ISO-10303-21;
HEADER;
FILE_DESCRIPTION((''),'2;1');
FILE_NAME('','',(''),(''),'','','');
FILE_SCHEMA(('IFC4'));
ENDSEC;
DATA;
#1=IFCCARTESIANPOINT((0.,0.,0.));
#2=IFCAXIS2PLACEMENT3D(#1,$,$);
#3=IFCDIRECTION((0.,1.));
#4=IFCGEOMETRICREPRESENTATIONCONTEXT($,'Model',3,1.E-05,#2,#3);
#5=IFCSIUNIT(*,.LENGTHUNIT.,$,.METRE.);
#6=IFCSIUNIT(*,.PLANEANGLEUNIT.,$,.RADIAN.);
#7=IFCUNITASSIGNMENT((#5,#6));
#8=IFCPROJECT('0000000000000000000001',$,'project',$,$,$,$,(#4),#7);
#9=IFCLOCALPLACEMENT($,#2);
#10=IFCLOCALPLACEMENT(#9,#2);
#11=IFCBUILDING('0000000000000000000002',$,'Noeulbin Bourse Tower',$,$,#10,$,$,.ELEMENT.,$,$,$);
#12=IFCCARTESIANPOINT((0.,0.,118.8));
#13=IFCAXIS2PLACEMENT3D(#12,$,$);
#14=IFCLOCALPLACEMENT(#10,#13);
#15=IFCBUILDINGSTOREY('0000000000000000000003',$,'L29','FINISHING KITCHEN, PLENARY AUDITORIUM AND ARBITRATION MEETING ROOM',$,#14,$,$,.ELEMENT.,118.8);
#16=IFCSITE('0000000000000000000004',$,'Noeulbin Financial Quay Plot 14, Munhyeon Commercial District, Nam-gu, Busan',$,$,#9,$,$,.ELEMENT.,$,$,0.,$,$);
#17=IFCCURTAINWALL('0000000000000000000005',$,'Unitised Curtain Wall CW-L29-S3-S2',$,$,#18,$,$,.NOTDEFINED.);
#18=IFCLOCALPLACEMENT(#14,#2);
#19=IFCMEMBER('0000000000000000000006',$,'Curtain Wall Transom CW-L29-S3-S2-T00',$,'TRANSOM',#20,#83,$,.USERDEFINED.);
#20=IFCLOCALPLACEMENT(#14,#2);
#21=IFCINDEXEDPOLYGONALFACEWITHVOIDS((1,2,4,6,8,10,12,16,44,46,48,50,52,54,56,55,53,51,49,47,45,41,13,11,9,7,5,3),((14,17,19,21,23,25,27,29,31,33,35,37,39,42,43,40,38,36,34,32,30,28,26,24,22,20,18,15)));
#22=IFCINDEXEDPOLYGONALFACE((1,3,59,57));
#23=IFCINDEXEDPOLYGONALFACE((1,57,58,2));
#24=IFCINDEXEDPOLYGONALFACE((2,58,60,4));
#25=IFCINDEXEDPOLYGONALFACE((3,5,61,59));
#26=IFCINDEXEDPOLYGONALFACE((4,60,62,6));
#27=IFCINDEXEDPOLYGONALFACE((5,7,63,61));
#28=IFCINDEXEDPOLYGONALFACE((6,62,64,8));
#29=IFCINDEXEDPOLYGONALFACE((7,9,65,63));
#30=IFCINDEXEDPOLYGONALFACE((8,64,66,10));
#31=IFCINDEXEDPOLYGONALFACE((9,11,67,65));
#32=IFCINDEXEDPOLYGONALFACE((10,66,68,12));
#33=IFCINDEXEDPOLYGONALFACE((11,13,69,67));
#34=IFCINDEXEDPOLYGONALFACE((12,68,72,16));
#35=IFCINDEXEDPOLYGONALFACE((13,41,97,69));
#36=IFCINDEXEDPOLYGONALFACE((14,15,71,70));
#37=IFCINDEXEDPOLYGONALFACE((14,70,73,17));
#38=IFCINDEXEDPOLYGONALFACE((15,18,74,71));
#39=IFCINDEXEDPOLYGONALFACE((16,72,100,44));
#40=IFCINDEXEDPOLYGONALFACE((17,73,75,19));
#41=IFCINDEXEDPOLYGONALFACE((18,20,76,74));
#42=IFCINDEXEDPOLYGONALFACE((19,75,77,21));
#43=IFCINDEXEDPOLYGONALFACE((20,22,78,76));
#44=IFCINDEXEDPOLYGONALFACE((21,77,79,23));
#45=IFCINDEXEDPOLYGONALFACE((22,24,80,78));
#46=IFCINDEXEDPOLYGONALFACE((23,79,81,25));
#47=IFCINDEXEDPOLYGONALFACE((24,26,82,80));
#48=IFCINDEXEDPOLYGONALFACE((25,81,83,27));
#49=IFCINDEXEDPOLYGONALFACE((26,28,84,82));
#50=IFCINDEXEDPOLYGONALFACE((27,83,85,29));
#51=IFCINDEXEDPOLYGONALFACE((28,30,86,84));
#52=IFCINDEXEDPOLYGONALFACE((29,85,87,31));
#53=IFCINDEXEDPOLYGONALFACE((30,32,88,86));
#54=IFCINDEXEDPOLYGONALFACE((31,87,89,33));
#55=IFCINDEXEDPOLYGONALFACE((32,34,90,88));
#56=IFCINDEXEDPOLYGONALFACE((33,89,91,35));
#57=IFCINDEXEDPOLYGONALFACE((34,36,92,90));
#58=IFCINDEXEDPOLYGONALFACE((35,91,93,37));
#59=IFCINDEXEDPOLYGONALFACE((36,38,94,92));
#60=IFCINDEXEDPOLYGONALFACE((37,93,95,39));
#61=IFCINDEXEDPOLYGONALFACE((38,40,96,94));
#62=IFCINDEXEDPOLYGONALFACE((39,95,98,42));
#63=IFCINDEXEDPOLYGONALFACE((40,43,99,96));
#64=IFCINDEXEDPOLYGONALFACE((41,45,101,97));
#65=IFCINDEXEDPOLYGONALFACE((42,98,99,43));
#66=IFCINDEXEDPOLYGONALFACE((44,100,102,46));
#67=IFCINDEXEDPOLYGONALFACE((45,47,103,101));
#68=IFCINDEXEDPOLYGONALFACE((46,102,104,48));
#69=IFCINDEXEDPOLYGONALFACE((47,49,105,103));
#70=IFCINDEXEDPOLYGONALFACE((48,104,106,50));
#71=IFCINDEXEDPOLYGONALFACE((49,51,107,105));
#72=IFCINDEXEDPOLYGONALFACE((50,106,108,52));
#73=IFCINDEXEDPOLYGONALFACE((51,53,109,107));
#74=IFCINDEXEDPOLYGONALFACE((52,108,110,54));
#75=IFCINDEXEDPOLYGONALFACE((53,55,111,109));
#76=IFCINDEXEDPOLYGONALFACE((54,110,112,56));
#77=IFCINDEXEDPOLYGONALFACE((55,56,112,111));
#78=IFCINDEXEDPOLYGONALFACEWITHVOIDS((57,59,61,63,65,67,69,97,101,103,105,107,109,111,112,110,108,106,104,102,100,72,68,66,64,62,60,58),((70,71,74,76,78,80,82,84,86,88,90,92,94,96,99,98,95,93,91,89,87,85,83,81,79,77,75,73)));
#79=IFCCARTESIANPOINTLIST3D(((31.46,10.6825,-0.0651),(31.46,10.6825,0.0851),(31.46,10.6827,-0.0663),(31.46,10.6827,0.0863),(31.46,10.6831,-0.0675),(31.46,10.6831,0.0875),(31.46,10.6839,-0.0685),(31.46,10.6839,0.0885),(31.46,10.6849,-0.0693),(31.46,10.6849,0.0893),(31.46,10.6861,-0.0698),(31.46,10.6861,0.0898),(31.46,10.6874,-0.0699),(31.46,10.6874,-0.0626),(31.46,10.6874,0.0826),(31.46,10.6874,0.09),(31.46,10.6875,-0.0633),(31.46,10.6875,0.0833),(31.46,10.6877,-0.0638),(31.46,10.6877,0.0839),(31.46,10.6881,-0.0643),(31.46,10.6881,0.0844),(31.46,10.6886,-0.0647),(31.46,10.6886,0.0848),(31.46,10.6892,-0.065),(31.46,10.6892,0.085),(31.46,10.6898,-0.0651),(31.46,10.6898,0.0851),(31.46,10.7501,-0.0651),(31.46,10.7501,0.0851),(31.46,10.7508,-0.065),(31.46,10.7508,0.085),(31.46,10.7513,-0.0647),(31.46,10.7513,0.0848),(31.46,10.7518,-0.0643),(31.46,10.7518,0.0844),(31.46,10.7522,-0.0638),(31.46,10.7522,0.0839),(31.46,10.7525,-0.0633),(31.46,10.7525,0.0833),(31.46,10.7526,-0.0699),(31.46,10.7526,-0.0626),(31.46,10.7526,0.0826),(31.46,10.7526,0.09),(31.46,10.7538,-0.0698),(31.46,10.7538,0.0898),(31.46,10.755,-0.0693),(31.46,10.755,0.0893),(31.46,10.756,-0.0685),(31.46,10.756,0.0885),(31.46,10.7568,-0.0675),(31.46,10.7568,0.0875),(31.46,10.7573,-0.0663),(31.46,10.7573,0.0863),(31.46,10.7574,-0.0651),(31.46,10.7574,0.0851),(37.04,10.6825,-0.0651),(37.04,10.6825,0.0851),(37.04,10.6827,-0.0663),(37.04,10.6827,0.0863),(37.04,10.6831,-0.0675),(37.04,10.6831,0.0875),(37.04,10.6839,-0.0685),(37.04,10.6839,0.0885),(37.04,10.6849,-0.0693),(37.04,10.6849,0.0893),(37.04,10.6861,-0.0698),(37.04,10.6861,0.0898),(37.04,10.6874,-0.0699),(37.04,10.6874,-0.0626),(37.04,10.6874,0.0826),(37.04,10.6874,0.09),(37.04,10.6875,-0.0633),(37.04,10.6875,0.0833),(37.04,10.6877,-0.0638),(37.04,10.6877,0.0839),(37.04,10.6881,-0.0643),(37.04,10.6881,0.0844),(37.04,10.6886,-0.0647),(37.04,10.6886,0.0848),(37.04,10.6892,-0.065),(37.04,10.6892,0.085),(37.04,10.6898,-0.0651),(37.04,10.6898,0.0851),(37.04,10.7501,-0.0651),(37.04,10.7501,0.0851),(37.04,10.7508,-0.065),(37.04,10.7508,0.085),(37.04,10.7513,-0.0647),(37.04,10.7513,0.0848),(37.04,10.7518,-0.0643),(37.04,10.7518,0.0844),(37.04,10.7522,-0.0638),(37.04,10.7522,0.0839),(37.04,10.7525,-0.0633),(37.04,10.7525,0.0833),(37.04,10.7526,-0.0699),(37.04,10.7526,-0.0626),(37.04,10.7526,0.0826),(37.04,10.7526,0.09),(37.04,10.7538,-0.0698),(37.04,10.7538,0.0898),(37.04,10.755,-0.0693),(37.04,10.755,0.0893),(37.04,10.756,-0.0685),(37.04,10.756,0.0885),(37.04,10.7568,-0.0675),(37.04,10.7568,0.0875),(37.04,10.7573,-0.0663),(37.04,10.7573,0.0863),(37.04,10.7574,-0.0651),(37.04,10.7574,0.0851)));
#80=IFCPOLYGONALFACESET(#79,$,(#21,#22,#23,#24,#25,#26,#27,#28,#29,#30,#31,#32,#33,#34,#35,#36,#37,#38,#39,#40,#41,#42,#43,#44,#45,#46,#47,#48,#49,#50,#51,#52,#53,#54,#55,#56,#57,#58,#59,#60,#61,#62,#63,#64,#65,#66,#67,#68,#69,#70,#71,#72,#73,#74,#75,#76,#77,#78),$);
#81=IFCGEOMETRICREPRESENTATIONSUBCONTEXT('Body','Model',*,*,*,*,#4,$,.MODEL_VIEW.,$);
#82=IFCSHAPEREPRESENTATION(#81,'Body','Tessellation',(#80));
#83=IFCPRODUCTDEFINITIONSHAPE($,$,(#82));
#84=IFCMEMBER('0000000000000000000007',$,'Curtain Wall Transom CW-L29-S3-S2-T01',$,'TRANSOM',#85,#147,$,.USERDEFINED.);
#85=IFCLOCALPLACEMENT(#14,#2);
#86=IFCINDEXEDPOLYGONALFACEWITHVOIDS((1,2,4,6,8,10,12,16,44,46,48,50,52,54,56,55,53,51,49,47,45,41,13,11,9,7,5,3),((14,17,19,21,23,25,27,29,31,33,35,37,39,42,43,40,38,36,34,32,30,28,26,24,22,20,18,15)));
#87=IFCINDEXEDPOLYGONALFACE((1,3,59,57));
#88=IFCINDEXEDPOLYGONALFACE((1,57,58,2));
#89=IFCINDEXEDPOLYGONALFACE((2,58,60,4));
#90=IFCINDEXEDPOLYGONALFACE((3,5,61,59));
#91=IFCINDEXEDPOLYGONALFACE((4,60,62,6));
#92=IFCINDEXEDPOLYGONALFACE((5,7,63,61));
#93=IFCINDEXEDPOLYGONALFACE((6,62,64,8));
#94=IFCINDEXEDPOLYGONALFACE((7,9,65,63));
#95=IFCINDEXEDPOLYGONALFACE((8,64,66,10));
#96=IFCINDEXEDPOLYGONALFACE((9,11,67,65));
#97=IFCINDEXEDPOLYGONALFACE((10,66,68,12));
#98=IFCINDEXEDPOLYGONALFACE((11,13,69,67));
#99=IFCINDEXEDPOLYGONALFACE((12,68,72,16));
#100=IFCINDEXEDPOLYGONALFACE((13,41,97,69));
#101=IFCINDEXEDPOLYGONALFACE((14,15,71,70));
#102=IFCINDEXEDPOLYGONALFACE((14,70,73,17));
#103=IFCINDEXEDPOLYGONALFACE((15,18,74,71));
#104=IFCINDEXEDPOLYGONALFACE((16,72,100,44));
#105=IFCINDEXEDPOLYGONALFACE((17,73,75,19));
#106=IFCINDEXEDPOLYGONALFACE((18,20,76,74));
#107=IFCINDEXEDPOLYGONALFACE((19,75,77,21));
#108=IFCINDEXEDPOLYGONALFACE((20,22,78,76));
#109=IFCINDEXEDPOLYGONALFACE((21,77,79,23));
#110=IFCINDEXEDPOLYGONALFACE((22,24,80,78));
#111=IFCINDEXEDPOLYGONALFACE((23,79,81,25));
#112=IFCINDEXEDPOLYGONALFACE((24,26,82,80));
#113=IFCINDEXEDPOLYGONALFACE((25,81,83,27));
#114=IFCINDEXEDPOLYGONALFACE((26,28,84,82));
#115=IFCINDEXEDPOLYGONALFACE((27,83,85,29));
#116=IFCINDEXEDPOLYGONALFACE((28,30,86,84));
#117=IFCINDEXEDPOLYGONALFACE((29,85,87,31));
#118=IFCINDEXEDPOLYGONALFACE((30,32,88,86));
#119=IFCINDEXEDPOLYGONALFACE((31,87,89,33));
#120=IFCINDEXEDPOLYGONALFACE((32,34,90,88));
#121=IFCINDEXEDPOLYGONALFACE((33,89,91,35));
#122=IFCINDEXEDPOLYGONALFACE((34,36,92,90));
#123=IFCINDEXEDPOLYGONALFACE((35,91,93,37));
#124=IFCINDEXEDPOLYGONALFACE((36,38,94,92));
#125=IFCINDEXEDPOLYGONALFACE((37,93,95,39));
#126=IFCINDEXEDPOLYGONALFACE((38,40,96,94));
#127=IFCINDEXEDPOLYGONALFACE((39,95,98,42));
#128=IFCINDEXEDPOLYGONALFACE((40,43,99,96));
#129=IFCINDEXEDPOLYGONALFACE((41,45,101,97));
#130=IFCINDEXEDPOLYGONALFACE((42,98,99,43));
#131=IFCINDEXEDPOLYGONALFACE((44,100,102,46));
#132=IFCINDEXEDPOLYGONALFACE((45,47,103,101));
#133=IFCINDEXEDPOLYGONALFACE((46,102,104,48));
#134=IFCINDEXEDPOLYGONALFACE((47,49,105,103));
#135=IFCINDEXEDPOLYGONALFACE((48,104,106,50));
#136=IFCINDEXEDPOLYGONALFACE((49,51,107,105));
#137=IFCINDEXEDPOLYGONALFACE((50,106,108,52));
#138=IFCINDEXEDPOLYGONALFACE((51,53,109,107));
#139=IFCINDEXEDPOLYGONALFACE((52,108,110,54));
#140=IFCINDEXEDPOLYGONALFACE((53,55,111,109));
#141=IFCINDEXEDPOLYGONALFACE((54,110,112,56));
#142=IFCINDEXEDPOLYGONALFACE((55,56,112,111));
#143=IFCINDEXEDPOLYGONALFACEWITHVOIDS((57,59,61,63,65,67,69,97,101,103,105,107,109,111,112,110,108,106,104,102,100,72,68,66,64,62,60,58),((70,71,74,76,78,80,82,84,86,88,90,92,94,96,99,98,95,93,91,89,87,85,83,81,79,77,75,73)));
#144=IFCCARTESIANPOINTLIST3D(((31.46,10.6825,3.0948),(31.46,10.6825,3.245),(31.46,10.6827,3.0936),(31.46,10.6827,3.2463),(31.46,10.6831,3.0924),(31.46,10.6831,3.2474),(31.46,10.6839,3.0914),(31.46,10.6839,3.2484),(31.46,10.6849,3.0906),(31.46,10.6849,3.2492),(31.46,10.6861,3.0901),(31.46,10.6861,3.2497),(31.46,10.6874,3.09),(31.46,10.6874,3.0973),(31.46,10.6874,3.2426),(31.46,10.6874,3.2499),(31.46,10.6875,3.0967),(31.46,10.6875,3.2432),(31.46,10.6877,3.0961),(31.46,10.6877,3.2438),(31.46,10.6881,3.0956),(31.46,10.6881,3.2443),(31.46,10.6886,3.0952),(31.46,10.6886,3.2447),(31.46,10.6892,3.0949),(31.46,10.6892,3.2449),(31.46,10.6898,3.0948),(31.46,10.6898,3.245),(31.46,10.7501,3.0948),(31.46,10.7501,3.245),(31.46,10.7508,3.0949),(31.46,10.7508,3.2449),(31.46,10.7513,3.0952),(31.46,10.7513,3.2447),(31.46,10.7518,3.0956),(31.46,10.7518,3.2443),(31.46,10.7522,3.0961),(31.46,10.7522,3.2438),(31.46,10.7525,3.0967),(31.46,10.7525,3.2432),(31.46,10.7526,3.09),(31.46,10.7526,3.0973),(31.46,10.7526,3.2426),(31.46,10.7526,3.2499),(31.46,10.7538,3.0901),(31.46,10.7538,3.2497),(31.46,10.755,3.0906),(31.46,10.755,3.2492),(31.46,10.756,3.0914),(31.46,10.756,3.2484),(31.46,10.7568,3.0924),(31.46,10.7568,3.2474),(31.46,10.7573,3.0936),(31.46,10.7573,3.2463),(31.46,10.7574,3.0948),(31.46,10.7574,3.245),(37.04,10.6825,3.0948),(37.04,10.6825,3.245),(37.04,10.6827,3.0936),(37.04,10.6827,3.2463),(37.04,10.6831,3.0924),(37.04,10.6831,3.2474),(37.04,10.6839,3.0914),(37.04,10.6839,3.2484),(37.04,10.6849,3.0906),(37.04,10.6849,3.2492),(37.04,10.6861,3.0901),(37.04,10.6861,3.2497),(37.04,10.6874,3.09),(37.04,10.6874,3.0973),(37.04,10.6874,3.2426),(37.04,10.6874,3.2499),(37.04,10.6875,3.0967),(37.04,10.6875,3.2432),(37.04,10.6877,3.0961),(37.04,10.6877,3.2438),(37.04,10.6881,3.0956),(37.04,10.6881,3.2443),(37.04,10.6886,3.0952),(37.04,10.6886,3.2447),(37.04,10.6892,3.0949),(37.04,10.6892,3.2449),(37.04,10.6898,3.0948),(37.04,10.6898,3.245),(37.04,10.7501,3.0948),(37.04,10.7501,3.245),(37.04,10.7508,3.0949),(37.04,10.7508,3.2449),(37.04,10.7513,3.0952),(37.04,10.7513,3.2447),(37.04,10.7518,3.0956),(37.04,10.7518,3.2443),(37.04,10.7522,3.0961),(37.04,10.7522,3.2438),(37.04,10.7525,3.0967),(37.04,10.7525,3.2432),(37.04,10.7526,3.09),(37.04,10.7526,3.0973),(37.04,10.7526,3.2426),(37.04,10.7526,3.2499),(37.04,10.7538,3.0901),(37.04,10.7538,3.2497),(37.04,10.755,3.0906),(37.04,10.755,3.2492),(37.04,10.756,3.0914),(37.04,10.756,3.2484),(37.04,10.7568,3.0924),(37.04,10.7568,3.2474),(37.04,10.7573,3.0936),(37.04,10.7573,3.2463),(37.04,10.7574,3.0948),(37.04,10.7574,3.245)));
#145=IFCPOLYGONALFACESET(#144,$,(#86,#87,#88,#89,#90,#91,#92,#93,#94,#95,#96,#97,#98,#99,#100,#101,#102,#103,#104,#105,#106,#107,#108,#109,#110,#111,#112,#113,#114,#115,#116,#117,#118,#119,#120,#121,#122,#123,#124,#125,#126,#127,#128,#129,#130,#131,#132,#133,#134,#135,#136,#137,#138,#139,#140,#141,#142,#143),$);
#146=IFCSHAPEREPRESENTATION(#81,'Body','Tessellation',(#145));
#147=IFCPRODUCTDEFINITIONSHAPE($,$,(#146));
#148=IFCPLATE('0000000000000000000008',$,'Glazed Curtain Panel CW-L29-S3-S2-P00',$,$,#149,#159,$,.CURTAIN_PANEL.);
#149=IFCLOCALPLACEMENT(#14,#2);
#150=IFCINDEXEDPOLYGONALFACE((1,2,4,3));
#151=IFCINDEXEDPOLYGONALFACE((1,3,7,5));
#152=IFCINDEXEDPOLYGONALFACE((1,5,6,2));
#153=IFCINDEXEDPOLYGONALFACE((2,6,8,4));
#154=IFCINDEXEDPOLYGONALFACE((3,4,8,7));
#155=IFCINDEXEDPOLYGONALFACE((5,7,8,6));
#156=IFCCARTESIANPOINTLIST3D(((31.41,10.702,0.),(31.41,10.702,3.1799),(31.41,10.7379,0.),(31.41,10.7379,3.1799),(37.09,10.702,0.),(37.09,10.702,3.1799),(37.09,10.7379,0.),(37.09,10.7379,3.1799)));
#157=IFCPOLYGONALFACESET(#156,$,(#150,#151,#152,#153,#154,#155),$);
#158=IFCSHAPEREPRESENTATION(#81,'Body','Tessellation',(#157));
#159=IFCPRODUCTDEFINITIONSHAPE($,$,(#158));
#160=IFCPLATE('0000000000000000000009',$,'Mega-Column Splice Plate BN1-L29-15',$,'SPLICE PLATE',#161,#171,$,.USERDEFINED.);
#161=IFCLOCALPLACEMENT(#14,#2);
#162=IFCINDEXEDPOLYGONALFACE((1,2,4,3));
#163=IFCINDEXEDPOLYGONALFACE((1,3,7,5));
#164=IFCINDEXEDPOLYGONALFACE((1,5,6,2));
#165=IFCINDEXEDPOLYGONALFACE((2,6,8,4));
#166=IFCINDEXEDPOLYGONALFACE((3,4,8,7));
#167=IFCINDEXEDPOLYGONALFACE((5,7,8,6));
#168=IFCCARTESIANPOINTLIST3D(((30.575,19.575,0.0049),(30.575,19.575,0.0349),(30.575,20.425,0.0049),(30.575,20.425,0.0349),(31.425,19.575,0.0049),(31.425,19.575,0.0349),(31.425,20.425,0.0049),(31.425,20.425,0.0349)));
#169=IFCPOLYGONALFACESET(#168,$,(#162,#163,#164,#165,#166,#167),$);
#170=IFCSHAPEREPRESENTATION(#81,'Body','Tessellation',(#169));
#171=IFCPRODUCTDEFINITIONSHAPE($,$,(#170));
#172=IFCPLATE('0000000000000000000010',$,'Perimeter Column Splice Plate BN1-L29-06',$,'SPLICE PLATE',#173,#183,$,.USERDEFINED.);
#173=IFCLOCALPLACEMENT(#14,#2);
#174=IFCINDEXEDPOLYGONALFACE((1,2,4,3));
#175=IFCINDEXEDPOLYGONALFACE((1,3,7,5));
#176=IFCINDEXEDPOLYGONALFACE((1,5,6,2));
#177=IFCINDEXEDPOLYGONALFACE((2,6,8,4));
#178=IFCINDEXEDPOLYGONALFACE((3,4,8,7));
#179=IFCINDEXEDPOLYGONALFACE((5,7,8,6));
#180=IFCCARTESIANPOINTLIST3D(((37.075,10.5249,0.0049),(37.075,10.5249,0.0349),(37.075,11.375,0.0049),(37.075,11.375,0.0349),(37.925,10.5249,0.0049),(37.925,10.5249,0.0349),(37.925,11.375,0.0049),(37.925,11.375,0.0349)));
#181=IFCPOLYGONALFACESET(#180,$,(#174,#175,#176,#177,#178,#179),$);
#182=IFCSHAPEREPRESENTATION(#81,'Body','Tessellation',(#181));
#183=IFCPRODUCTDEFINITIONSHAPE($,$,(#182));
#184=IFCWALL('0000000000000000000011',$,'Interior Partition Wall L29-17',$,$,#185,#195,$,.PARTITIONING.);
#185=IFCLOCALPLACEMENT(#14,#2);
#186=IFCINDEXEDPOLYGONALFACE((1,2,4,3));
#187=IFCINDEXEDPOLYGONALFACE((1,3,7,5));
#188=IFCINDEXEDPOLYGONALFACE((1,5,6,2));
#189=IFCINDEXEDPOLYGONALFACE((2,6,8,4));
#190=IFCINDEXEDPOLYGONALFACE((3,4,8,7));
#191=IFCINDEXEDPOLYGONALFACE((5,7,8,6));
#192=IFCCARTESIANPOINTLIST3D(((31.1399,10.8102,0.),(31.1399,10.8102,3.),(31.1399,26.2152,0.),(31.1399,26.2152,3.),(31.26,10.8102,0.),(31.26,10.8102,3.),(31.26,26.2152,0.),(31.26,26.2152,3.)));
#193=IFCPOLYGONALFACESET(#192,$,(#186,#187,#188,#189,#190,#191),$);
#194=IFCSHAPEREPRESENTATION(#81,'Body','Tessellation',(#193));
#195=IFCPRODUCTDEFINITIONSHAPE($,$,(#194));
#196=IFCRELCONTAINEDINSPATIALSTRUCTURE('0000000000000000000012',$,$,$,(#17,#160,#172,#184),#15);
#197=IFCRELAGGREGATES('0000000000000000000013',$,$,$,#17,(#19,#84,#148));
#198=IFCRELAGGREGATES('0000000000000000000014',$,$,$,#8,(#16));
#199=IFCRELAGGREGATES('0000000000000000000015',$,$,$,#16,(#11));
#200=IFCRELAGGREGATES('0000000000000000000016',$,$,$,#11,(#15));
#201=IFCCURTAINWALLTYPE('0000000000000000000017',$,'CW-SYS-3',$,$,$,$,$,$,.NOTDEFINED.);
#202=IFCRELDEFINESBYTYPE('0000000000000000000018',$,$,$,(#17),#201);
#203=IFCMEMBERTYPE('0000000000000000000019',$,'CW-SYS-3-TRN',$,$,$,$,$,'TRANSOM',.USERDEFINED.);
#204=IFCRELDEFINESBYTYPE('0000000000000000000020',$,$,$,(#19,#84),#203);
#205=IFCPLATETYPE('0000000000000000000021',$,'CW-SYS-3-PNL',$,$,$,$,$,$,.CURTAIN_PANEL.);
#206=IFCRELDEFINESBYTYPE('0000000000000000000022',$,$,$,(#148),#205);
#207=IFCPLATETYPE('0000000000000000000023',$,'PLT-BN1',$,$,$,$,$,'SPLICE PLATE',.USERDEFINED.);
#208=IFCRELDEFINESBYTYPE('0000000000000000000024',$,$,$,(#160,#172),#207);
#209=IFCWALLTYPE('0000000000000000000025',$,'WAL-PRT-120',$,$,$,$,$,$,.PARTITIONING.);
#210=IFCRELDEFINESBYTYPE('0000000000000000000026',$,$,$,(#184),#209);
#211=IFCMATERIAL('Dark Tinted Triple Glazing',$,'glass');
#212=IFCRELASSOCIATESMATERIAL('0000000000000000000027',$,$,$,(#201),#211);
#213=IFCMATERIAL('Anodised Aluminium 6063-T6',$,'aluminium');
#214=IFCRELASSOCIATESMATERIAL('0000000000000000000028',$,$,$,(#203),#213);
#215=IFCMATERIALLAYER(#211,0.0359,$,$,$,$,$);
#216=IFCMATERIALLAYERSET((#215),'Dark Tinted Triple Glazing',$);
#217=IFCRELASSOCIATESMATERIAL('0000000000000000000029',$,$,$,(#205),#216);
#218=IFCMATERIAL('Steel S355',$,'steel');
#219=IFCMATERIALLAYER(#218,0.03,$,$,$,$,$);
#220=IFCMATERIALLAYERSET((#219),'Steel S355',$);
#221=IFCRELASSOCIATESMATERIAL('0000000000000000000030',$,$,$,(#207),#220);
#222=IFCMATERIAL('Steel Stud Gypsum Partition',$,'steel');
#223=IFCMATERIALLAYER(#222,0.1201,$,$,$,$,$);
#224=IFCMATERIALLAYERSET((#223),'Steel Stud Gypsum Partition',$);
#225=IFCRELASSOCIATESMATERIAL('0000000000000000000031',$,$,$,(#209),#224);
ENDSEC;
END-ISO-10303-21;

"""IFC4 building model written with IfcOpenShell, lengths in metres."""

from ifc_helpers import new_model, si_unit, direction, frame, frame_2d, origin, origin_2d, place, context, subcontext, project, spatial, rectangle, hollow_rectangle, extrude, material, layer, layer_set, material_profile, profile_set, type_object, element, aggregate, save


model = new_model("IFC4")

# Units and contexts
model_context = context("Model", 3, precision=1e-05, world=origin(), true_north=direction((0.0, 1.0)))
body_context = subcontext(model_context, "Body", "Model", "MODEL_VIEW")
ifc_project = project(units=[si_unit("LENGTHUNIT", "METRE"), si_unit("PLANEANGLEUNIT", "RADIAN")], contexts=[model_context])

# Site, building, storey
site_placement = place(None, origin())
site = spatial("IfcSite", under=ifc_project, at=site_placement, Name="Noeulbin Financial Quay Plot 14, Munhyeon Commercial District, Nam-gu, Busan", CompositionType="ELEMENT", RefElevation=0.0)
building_placement = place(site_placement, origin())
building = spatial("IfcBuilding", under=site, at=building_placement, Name="Noeulbin Bourse Tower", CompositionType="ELEMENT")
storey_placement = place(building_placement, frame((0.0, 0.0, 118.8)))
storey = spatial("IfcBuildingStorey", under=building, at=storey_placement, Name="L29", Description="FINISHING KITCHEN, PLENARY AUDITORIUM AND ARBITRATION MEETING ROOM", CompositionType="ELEMENT", Elevation=118.8)

# Shared definitions
ifc_material_1 = material(Name="Steel S355", Category="steel")

# Curtain wall, members, plate
ifc_material_2 = material(Name="Dark Tinted Triple Glazing", Category="glass")
curtain_wall_type = type_object("IfcCurtainWallType", Name="CW-SYS-3", PredefinedType="NOTDEFINED", material=ifc_material_2)
curtain_wall_placement = place(storey_placement, origin())
curtain_wall = element("IfcCurtainWall", 1, at=curtain_wall_placement, inside=storey, type_object=curtain_wall_type, Name="Unitised Curtain Wall CW-L29-S3-S2", PredefinedType="NOTDEFINED")
ifc_material_3 = material(Name="Anodised Aluminium 6063-T6", Category="aluminium")
ifc_material_profile_1 = material_profile(ifc_material_3, hollow_rectangle(XDim=0.075, YDim=0.1599, WallThickness=0.0049, InnerFilletRadius=0.0024, OuterFilletRadius=0.0049, at=origin_2d()), Name="ALU-TRAN-75x160x5", Category="LoadBearing")
ifc_profile_set_1 = profile_set([ifc_material_profile_1], Name="Anodised Aluminium 6063-T6")
member_type_1 = type_object("IfcMemberType", Name="CW-SYS-3-TRN", ElementType="TRANSOM", PredefinedType="USERDEFINED", material=ifc_profile_set_1)
member_1_placement = place(storey_placement, frame((31.46, 10.72, 0.01), z_axis=(1.0, 0.0, 0.0), x_axis=(0.0, 1.0, 0.0)))
member_1 = element("IfcMember", 2, at=member_1_placement, type_object=member_type_1, Name="Curtain Wall Transom CW-L29-S3-S2-T00", ObjectType="TRANSOM", PredefinedType="USERDEFINED", context=body_context, shape_type="SweptSolid", body=[
    extrude(hollow_rectangle(XDim=0.075, YDim=0.1599, WallThickness=0.0049, InnerFilletRadius=0.0024, OuterFilletRadius=0.0049, at=origin_2d()), origin(), (0.0, 0.0, 1.0), 5.5801),
])
member_2_placement = place(storey_placement, frame((31.46, 10.72, 3.1699), z_axis=(1.0, 0.0, 0.0), x_axis=(0.0, 1.0, 0.0)))
member_2 = element("IfcMember", 3, at=member_2_placement, type_object=member_type_1, Name="Curtain Wall Transom CW-L29-S3-S2-T01", ObjectType="TRANSOM", PredefinedType="USERDEFINED", context=body_context, shape_type="SweptSolid", body=[
    extrude(hollow_rectangle(XDim=0.075, YDim=0.1599, WallThickness=0.0049, InnerFilletRadius=0.0024, OuterFilletRadius=0.0049, at=origin_2d()), origin(), (0.0, 0.0, 1.0), 5.5801),
])
ifc_layer_1 = layer(ifc_material_2, 0.0359)
ifc_layer_set_1 = layer_set([ifc_layer_1], Name="Dark Tinted Triple Glazing")
plate_type_1 = type_object("IfcPlateType", Name="CW-SYS-3-PNL", PredefinedType="CURTAIN_PANEL", material=ifc_layer_set_1)
plate_placement = place(storey_placement, frame((34.25, 10.72, 0.0), z_axis=(0.0, 0.0, 1.0), x_axis=(1.0, 0.0, 0.0)))
plate = element("IfcPlate", 4, at=plate_placement, type_object=plate_type_1, Name="Glazed Curtain Panel CW-L29-S3-S2-P00", PredefinedType="CURTAIN_PANEL", context=body_context, shape_type="SweptSolid", body=[
    extrude(rectangle(XDim=5.6799, YDim=0.0359, at=origin_2d()), origin(), (0.0, 0.0, 1.0), 3.1799),
])
aggregate(curtain_wall, [member_1, member_2, plate])

# Plates
ifc_layer_2 = layer(ifc_material_1, 0.03)
ifc_layer_set_2 = layer_set([ifc_layer_2], Name="Steel S355")
plate_type_2 = type_object("IfcPlateType", Name="PLT-BN1", ElementType="SPLICE PLATE", PredefinedType="USERDEFINED", material=ifc_layer_set_2)
for number, where, z_axis, x_axis, name in (
    (5, (31.0, 20.0, 0.0049), (0.0, 0.0, 1.0), (1.0, 0.0, 0.0), "Mega-Column Splice Plate BN1-L29-15"),
    (6, (37.5, 10.95, 0.0049), (0.0, 0.0, 1.0), (1.0, 0.0, 0.0), "Perimeter Column Splice Plate BN1-L29-06"),
):
    element("IfcPlate", number, at=place(storey_placement, frame(where, z_axis=z_axis, x_axis=x_axis)), inside=storey, type_object=plate_type_2, Name=name, ObjectType="SPLICE PLATE", PredefinedType="USERDEFINED", context=body_context, shape_type="SweptSolid", body=[
        extrude(rectangle(XDim=0.8501, YDim=0.8501, at=origin_2d()), origin(), (0.0, 0.0, 1.0), 0.03),
    ])

# Wall
ifc_material_4 = material(Name="Steel Stud Gypsum Partition", Category="steel")
ifc_layer_3 = layer(ifc_material_4, 0.1201)
ifc_layer_set_3 = layer_set([ifc_layer_3], Name="Steel Stud Gypsum Partition")
wall_type = type_object("IfcWallType", Name="WAL-PRT-120", PredefinedType="PARTITIONING", material=ifc_layer_set_3)
wall_placement = place(storey_placement, frame((31.2, 10.8101, 0.0), z_axis=(0.0, 0.0, 1.0), x_axis=(0.0, 1.0, 0.0)))
element("IfcWall", 7, at=wall_placement, inside=storey, type_object=wall_type, Name="Interior Partition Wall L29-17", PredefinedType="PARTITIONING", context=body_context, shape_type="SweptSolid", body=[
    extrude(rectangle(XDim=15.405, YDim=0.1201, at=frame_2d((7.7026, 0.0))), origin(), (0.0, 0.0, 1.0), 3.0),
])

save(model, "model.ifc")
